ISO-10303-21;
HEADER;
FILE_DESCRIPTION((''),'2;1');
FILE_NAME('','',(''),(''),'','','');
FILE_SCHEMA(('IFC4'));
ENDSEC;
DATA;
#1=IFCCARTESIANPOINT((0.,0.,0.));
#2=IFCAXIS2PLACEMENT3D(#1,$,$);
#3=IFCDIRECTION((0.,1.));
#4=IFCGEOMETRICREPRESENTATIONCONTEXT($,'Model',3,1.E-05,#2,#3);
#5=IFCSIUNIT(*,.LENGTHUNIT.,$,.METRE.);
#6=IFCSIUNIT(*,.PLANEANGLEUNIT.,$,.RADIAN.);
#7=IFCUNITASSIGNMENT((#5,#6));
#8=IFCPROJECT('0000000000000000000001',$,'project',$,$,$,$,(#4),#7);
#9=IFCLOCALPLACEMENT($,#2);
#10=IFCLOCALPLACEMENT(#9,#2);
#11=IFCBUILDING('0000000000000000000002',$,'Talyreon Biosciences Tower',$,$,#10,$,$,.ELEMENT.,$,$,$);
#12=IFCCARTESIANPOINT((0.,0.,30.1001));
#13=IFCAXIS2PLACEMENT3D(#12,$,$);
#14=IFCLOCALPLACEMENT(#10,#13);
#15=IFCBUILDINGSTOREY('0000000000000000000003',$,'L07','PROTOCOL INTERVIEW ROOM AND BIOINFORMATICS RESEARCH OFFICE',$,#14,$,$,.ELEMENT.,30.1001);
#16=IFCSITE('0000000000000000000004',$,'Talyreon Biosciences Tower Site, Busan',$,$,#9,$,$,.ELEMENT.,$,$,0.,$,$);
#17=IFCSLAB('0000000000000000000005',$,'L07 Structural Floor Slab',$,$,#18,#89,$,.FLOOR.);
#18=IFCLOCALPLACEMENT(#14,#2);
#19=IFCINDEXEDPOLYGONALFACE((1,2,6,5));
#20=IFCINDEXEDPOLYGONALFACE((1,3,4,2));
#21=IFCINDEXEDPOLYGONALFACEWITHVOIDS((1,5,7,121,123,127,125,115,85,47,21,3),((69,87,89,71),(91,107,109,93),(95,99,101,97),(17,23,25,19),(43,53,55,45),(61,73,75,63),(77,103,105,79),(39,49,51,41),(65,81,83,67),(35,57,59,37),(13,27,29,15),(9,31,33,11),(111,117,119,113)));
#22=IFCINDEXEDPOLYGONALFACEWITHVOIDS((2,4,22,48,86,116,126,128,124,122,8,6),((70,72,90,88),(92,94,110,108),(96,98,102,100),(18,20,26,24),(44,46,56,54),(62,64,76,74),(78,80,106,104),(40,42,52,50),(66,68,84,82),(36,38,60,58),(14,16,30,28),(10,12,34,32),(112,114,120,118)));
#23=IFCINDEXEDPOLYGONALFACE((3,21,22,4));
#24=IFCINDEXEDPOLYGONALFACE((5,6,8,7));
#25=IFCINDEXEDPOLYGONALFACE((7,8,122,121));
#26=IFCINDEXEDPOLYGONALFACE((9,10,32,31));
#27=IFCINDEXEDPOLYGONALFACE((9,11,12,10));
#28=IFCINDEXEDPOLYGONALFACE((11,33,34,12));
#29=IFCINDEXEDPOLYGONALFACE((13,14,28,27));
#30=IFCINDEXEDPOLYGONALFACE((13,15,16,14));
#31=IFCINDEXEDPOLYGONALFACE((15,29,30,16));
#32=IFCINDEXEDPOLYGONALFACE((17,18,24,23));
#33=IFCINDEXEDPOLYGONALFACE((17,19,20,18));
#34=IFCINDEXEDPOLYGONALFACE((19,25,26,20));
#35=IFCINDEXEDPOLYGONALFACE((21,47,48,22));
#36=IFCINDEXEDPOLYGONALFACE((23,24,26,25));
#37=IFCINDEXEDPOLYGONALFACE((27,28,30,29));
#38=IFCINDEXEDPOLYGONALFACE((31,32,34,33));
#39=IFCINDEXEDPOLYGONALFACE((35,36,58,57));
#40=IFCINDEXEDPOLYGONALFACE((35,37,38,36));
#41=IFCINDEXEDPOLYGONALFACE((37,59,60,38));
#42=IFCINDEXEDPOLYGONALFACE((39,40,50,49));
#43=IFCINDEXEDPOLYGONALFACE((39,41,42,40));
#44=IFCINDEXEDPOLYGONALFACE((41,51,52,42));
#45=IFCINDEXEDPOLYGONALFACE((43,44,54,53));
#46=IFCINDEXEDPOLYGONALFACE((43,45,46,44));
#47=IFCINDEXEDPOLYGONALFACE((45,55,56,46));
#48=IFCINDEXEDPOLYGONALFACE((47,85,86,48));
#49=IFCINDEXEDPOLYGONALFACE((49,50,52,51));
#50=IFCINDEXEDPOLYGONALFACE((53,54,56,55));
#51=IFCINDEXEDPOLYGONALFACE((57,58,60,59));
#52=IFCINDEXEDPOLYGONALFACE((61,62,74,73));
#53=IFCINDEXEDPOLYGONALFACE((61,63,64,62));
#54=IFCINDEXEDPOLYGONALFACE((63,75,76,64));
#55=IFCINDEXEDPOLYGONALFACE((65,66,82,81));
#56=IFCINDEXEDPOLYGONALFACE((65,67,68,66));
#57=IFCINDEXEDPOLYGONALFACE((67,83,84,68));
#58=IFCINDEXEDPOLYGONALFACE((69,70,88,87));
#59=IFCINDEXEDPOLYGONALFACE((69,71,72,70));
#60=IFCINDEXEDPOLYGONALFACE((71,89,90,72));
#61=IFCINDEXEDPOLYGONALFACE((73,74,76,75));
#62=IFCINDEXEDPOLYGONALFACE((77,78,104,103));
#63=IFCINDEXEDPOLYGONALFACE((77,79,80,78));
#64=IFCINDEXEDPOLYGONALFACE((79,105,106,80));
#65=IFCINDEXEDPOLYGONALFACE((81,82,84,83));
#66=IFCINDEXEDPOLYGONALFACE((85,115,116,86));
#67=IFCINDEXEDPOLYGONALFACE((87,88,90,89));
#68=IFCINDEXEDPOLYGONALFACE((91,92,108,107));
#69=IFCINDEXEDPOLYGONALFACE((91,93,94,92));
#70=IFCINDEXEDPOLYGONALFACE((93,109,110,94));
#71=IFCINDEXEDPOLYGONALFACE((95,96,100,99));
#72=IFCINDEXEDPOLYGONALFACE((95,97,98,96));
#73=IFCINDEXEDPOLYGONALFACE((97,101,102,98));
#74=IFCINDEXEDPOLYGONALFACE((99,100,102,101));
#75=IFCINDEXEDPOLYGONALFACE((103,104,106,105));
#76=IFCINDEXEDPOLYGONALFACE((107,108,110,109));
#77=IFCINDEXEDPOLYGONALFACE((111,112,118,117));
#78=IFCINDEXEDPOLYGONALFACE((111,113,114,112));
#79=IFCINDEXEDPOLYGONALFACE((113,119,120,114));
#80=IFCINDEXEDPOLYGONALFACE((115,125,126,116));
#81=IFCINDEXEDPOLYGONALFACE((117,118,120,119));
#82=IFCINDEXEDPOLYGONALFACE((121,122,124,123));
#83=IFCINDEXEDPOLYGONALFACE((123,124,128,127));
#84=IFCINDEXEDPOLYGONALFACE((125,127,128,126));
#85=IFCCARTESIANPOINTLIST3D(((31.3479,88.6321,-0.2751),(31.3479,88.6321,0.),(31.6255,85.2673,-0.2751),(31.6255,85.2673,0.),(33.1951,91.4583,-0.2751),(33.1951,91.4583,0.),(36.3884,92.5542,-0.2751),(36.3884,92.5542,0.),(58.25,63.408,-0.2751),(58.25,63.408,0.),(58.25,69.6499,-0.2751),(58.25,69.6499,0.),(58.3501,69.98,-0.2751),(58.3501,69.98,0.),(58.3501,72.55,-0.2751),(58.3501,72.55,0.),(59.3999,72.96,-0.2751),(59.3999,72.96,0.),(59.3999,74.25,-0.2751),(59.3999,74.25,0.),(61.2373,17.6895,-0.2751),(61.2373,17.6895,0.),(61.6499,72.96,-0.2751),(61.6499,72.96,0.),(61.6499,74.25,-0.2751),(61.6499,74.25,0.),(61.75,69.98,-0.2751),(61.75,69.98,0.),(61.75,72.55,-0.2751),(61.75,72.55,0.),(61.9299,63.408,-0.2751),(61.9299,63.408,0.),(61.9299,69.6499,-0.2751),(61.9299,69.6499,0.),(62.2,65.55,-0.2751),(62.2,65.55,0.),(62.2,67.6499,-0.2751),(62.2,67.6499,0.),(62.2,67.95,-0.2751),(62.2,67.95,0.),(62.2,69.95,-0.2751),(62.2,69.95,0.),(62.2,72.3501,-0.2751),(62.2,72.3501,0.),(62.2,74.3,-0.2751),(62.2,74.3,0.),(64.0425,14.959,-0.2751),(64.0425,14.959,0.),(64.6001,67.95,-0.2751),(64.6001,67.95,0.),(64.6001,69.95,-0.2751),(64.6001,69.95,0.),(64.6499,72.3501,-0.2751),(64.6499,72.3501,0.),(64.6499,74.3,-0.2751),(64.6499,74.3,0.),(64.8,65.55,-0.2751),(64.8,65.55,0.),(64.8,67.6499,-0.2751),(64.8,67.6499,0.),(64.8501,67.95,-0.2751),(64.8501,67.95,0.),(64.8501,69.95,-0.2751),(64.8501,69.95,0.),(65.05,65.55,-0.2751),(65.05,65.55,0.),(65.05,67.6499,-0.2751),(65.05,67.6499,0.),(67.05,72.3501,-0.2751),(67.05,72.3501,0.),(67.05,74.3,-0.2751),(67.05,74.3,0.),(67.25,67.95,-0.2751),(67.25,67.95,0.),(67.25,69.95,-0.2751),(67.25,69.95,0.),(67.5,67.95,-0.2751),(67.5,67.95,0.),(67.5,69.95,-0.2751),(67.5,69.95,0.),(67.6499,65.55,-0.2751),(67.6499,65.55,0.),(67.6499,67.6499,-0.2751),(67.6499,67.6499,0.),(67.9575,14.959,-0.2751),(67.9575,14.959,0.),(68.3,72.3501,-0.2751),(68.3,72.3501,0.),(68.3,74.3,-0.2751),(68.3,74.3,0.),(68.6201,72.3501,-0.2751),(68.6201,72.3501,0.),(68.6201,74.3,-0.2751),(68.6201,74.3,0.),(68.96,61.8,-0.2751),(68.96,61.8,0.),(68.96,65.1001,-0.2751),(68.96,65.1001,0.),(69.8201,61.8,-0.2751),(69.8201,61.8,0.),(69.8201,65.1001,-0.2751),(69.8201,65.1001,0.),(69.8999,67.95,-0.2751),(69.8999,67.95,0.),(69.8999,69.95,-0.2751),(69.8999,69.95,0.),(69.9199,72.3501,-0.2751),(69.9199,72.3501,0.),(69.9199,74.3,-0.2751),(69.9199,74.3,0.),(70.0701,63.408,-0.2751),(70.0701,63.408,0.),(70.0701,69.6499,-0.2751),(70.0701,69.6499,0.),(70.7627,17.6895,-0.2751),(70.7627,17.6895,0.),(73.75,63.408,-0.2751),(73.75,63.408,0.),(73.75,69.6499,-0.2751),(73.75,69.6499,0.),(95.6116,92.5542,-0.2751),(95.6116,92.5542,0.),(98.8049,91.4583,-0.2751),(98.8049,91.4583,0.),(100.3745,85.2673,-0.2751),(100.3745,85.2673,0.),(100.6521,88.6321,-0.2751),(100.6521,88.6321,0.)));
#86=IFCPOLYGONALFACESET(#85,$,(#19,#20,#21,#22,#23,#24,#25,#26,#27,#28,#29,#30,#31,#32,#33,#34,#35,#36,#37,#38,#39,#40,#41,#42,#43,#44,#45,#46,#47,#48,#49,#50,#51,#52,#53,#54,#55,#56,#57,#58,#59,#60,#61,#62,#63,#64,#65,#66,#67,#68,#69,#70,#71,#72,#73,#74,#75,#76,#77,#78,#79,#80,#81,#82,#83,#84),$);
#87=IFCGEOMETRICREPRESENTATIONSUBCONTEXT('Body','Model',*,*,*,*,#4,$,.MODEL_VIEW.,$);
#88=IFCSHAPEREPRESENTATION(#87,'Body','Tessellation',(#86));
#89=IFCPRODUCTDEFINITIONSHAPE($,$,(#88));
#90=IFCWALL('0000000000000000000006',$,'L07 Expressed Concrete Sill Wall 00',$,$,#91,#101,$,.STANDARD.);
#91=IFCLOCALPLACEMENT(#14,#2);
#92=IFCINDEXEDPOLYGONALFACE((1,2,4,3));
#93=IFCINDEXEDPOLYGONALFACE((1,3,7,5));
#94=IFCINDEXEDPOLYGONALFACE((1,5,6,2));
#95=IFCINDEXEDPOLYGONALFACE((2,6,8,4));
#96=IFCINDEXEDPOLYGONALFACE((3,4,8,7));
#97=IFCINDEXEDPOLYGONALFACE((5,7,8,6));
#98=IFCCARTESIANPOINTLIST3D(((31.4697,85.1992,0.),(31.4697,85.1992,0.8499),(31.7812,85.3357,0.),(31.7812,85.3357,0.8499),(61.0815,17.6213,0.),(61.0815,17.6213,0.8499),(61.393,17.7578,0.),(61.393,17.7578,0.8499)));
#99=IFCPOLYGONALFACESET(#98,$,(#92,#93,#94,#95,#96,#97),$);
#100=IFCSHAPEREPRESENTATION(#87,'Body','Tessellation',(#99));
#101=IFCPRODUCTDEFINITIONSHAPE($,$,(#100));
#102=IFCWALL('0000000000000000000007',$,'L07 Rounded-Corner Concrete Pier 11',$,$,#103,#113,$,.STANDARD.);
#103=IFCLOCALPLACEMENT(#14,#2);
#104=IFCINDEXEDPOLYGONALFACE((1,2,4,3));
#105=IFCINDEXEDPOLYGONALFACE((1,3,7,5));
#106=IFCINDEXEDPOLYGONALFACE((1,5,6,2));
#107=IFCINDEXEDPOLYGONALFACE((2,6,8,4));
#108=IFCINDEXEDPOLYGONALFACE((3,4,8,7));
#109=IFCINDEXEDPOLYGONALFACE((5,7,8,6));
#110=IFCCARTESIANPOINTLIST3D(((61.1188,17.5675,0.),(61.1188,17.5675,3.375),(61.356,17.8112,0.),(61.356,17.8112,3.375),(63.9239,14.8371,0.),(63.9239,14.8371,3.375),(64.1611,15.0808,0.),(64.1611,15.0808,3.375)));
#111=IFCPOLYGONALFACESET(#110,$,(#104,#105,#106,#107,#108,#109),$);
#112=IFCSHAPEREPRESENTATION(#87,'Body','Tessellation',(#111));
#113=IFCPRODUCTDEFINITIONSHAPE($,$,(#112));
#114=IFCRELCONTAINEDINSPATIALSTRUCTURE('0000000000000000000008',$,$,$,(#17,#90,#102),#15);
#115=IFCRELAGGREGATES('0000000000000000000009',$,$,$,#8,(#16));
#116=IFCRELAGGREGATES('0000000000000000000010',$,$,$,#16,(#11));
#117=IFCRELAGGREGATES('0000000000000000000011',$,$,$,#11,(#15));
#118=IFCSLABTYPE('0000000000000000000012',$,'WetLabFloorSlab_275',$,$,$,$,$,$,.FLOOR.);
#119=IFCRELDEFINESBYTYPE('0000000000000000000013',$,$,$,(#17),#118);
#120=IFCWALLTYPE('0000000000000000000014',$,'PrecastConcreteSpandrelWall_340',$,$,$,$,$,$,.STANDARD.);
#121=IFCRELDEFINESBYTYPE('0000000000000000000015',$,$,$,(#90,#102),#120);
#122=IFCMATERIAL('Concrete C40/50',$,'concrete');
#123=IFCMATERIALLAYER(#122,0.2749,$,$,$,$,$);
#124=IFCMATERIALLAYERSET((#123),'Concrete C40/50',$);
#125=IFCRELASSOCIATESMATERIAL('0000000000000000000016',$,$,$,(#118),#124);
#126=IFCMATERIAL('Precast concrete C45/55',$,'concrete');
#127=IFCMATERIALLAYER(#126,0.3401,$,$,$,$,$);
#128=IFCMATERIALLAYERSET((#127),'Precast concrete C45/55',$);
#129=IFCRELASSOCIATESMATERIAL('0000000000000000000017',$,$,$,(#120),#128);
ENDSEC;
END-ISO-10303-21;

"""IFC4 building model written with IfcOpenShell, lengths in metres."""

from ifc_helpers import new_model, si_unit, direction, frame, frame_2d, origin, place, context, subcontext, project, spatial, polyline, rectangle, outline, extrude, material, layer, layer_set, type_object, element, save


model = new_model("IFC4")

# Units and contexts
model_context = context("Model", 3, precision=1e-05, world=origin(), true_north=direction((0.0, 1.0)))
body_context = subcontext(model_context, "Body", "Model", "MODEL_VIEW")
ifc_project = project(units=[si_unit("LENGTHUNIT", "METRE"), si_unit("PLANEANGLEUNIT", "RADIAN")], contexts=[model_context])

# Site, building, storey
site_placement = place(None, origin())
site = spatial("IfcSite", under=ifc_project, at=site_placement, Name="Talyreon Biosciences Tower Site, Busan", CompositionType="ELEMENT", RefElevation=0.0)
building_placement = place(site_placement, origin())
building = spatial("IfcBuilding", under=site, at=building_placement, Name="Talyreon Biosciences Tower", CompositionType="ELEMENT")
storey_placement = place(building_placement, frame((0.0, 0.0, 30.1001)))
storey = spatial("IfcBuildingStorey", under=building, at=storey_placement, Name="L07", Description="PROTOCOL INTERVIEW ROOM AND BIOINFORMATICS RESEARCH OFFICE", CompositionType="ELEMENT", Elevation=30.1001)

# Shared definitions
ifc_material_1 = material(Name="Precast concrete C45/55", Category="concrete")

# Shared definitions
ifc_material_2 = material(Name="Concrete C40/50", Category="concrete")

# Slab
ifc_layer_1 = layer(ifc_material_2, 0.2749)
ifc_layer_set_1 = layer_set([ifc_layer_1], Name="Concrete C40/50")
slab_type_1 = type_object("IfcSlabType", Name="WetLabFloorSlab_275", PredefinedType="FLOOR", material=ifc_layer_set_1)
slab_1_placement = place(storey_placement, frame((0.0, 0.0, -0.2751)))
element("IfcSlab", 1, at=slab_1_placement, inside=storey, type_object=slab_type_1, Name="L07 Structural Floor Slab", PredefinedType="FLOOR", context=body_context, shape_type="SweptSolid", body=[
    extrude(outline(polyline([(61.2373, 17.6895), (31.6255, 85.2673), (31.3479, 88.6321), (33.1951, 91.4583), (36.3884, 92.5542), (95.6116, 92.5542), (98.8049, 91.4583), (100.6521, 88.6321), (100.3745, 85.2673), (70.7627, 17.6895), (67.9575, 14.959), (64.0425, 14.959), (61.2373, 17.6895)]), holes=[polyline([(61.9299, 69.6499), (61.9299, 63.408), (58.25, 63.408), (58.25, 69.6499), (61.9299, 69.6499)]), polyline([(64.8, 65.55), (62.2, 65.55), (62.2, 67.6499), (64.8, 67.6499), (64.8, 65.55)]), polyline([(64.6001, 67.95), (62.2, 67.95), (62.2, 69.95), (64.6001, 69.95), (64.6001, 67.95)]), polyline([(67.25, 69.95), (67.25, 67.95), (64.8501, 67.95), (64.8501, 69.95), (67.25, 69.95)]), polyline([(61.75, 69.98), (58.3501, 69.98), (58.3501, 72.55), (61.75, 72.55), (61.75, 69.98)]), polyline([(64.6499, 72.3501), (62.2, 72.3501), (62.2, 74.3), (64.6499, 74.3), (64.6499, 72.3501)]), polyline([(61.6499, 74.25), (61.6499, 72.96), (59.3999, 72.96), (59.3999, 74.25), (61.6499, 74.25)]), polyline([(69.8201, 61.8), (68.96, 61.8), (68.96, 65.1001), (69.8201, 65.1001), (69.8201, 61.8)]), polyline([(73.75, 63.408), (70.0701, 63.408), (70.0701, 69.6499), (73.75, 69.6499), (73.75, 63.408)]), polyline([(67.6499, 65.55), (65.05, 65.55), (65.05, 67.6499), (67.6499, 67.6499), (67.6499, 65.55)]), polyline([(69.8999, 67.95), (67.5, 67.95), (67.5, 69.95), (69.8999, 69.95), (69.8999, 67.95)]), polyline([(68.3, 72.3501), (67.05, 72.3501), (67.05, 74.3), (68.3, 74.3), (68.3, 72.3501)]), polyline([(69.9199, 72.3501), (68.6201, 72.3501), (68.6201, 74.3), (69.9199, 74.3), (69.9199, 72.3501)])]), origin(), (0.0, 0.0, 1.0), 0.2751),
])

# Walls
ifc_layer_2 = layer(ifc_material_1, 0.3401)
ifc_layer_set_2 = layer_set([ifc_layer_2], Name="Precast concrete C45/55")
wall_type = type_object("IfcWallType", Name="PrecastConcreteSpandrelWall_340", PredefinedType="STANDARD", material=ifc_layer_set_2)
wall_1_placement = place(storey_placement, frame((61.2373, 17.6895, 0.0), z_axis=(0.0, 0.0, 1.0), x_axis=(-0.401348, 0.915926, 0.0)))
element("IfcWall", 2, at=wall_1_placement, inside=storey, type_object=wall_type, Name="L07 Expressed Concrete Sill Wall 00", PredefinedType="STANDARD", context=body_context, shape_type="SweptSolid", body=[
    extrude(rectangle(XDim=73.781, YDim=0.3401, at=frame_2d((36.8906, 0.0))), origin(), (0.0, 0.0, 1.0), 0.8499),
])
wall_2_placement = place(storey_placement, frame((64.0425, 14.959, 0.0), z_axis=(0.0, 0.0, 1.0), x_axis=(-0.716584, 0.6975, 0.0)))
element("IfcWall", 3, at=wall_2_placement, inside=storey, type_object=wall_type, Name="L07 Rounded-Corner Concrete Pier 11", PredefinedType="STANDARD", context=body_context, shape_type="SweptSolid", body=[
    extrude(rectangle(XDim=3.9146, YDim=0.3401, at=frame_2d((1.9573, 0.0))), origin(), (0.0, 0.0, 1.0), 3.375),
])

save(model, "model.ifc")
